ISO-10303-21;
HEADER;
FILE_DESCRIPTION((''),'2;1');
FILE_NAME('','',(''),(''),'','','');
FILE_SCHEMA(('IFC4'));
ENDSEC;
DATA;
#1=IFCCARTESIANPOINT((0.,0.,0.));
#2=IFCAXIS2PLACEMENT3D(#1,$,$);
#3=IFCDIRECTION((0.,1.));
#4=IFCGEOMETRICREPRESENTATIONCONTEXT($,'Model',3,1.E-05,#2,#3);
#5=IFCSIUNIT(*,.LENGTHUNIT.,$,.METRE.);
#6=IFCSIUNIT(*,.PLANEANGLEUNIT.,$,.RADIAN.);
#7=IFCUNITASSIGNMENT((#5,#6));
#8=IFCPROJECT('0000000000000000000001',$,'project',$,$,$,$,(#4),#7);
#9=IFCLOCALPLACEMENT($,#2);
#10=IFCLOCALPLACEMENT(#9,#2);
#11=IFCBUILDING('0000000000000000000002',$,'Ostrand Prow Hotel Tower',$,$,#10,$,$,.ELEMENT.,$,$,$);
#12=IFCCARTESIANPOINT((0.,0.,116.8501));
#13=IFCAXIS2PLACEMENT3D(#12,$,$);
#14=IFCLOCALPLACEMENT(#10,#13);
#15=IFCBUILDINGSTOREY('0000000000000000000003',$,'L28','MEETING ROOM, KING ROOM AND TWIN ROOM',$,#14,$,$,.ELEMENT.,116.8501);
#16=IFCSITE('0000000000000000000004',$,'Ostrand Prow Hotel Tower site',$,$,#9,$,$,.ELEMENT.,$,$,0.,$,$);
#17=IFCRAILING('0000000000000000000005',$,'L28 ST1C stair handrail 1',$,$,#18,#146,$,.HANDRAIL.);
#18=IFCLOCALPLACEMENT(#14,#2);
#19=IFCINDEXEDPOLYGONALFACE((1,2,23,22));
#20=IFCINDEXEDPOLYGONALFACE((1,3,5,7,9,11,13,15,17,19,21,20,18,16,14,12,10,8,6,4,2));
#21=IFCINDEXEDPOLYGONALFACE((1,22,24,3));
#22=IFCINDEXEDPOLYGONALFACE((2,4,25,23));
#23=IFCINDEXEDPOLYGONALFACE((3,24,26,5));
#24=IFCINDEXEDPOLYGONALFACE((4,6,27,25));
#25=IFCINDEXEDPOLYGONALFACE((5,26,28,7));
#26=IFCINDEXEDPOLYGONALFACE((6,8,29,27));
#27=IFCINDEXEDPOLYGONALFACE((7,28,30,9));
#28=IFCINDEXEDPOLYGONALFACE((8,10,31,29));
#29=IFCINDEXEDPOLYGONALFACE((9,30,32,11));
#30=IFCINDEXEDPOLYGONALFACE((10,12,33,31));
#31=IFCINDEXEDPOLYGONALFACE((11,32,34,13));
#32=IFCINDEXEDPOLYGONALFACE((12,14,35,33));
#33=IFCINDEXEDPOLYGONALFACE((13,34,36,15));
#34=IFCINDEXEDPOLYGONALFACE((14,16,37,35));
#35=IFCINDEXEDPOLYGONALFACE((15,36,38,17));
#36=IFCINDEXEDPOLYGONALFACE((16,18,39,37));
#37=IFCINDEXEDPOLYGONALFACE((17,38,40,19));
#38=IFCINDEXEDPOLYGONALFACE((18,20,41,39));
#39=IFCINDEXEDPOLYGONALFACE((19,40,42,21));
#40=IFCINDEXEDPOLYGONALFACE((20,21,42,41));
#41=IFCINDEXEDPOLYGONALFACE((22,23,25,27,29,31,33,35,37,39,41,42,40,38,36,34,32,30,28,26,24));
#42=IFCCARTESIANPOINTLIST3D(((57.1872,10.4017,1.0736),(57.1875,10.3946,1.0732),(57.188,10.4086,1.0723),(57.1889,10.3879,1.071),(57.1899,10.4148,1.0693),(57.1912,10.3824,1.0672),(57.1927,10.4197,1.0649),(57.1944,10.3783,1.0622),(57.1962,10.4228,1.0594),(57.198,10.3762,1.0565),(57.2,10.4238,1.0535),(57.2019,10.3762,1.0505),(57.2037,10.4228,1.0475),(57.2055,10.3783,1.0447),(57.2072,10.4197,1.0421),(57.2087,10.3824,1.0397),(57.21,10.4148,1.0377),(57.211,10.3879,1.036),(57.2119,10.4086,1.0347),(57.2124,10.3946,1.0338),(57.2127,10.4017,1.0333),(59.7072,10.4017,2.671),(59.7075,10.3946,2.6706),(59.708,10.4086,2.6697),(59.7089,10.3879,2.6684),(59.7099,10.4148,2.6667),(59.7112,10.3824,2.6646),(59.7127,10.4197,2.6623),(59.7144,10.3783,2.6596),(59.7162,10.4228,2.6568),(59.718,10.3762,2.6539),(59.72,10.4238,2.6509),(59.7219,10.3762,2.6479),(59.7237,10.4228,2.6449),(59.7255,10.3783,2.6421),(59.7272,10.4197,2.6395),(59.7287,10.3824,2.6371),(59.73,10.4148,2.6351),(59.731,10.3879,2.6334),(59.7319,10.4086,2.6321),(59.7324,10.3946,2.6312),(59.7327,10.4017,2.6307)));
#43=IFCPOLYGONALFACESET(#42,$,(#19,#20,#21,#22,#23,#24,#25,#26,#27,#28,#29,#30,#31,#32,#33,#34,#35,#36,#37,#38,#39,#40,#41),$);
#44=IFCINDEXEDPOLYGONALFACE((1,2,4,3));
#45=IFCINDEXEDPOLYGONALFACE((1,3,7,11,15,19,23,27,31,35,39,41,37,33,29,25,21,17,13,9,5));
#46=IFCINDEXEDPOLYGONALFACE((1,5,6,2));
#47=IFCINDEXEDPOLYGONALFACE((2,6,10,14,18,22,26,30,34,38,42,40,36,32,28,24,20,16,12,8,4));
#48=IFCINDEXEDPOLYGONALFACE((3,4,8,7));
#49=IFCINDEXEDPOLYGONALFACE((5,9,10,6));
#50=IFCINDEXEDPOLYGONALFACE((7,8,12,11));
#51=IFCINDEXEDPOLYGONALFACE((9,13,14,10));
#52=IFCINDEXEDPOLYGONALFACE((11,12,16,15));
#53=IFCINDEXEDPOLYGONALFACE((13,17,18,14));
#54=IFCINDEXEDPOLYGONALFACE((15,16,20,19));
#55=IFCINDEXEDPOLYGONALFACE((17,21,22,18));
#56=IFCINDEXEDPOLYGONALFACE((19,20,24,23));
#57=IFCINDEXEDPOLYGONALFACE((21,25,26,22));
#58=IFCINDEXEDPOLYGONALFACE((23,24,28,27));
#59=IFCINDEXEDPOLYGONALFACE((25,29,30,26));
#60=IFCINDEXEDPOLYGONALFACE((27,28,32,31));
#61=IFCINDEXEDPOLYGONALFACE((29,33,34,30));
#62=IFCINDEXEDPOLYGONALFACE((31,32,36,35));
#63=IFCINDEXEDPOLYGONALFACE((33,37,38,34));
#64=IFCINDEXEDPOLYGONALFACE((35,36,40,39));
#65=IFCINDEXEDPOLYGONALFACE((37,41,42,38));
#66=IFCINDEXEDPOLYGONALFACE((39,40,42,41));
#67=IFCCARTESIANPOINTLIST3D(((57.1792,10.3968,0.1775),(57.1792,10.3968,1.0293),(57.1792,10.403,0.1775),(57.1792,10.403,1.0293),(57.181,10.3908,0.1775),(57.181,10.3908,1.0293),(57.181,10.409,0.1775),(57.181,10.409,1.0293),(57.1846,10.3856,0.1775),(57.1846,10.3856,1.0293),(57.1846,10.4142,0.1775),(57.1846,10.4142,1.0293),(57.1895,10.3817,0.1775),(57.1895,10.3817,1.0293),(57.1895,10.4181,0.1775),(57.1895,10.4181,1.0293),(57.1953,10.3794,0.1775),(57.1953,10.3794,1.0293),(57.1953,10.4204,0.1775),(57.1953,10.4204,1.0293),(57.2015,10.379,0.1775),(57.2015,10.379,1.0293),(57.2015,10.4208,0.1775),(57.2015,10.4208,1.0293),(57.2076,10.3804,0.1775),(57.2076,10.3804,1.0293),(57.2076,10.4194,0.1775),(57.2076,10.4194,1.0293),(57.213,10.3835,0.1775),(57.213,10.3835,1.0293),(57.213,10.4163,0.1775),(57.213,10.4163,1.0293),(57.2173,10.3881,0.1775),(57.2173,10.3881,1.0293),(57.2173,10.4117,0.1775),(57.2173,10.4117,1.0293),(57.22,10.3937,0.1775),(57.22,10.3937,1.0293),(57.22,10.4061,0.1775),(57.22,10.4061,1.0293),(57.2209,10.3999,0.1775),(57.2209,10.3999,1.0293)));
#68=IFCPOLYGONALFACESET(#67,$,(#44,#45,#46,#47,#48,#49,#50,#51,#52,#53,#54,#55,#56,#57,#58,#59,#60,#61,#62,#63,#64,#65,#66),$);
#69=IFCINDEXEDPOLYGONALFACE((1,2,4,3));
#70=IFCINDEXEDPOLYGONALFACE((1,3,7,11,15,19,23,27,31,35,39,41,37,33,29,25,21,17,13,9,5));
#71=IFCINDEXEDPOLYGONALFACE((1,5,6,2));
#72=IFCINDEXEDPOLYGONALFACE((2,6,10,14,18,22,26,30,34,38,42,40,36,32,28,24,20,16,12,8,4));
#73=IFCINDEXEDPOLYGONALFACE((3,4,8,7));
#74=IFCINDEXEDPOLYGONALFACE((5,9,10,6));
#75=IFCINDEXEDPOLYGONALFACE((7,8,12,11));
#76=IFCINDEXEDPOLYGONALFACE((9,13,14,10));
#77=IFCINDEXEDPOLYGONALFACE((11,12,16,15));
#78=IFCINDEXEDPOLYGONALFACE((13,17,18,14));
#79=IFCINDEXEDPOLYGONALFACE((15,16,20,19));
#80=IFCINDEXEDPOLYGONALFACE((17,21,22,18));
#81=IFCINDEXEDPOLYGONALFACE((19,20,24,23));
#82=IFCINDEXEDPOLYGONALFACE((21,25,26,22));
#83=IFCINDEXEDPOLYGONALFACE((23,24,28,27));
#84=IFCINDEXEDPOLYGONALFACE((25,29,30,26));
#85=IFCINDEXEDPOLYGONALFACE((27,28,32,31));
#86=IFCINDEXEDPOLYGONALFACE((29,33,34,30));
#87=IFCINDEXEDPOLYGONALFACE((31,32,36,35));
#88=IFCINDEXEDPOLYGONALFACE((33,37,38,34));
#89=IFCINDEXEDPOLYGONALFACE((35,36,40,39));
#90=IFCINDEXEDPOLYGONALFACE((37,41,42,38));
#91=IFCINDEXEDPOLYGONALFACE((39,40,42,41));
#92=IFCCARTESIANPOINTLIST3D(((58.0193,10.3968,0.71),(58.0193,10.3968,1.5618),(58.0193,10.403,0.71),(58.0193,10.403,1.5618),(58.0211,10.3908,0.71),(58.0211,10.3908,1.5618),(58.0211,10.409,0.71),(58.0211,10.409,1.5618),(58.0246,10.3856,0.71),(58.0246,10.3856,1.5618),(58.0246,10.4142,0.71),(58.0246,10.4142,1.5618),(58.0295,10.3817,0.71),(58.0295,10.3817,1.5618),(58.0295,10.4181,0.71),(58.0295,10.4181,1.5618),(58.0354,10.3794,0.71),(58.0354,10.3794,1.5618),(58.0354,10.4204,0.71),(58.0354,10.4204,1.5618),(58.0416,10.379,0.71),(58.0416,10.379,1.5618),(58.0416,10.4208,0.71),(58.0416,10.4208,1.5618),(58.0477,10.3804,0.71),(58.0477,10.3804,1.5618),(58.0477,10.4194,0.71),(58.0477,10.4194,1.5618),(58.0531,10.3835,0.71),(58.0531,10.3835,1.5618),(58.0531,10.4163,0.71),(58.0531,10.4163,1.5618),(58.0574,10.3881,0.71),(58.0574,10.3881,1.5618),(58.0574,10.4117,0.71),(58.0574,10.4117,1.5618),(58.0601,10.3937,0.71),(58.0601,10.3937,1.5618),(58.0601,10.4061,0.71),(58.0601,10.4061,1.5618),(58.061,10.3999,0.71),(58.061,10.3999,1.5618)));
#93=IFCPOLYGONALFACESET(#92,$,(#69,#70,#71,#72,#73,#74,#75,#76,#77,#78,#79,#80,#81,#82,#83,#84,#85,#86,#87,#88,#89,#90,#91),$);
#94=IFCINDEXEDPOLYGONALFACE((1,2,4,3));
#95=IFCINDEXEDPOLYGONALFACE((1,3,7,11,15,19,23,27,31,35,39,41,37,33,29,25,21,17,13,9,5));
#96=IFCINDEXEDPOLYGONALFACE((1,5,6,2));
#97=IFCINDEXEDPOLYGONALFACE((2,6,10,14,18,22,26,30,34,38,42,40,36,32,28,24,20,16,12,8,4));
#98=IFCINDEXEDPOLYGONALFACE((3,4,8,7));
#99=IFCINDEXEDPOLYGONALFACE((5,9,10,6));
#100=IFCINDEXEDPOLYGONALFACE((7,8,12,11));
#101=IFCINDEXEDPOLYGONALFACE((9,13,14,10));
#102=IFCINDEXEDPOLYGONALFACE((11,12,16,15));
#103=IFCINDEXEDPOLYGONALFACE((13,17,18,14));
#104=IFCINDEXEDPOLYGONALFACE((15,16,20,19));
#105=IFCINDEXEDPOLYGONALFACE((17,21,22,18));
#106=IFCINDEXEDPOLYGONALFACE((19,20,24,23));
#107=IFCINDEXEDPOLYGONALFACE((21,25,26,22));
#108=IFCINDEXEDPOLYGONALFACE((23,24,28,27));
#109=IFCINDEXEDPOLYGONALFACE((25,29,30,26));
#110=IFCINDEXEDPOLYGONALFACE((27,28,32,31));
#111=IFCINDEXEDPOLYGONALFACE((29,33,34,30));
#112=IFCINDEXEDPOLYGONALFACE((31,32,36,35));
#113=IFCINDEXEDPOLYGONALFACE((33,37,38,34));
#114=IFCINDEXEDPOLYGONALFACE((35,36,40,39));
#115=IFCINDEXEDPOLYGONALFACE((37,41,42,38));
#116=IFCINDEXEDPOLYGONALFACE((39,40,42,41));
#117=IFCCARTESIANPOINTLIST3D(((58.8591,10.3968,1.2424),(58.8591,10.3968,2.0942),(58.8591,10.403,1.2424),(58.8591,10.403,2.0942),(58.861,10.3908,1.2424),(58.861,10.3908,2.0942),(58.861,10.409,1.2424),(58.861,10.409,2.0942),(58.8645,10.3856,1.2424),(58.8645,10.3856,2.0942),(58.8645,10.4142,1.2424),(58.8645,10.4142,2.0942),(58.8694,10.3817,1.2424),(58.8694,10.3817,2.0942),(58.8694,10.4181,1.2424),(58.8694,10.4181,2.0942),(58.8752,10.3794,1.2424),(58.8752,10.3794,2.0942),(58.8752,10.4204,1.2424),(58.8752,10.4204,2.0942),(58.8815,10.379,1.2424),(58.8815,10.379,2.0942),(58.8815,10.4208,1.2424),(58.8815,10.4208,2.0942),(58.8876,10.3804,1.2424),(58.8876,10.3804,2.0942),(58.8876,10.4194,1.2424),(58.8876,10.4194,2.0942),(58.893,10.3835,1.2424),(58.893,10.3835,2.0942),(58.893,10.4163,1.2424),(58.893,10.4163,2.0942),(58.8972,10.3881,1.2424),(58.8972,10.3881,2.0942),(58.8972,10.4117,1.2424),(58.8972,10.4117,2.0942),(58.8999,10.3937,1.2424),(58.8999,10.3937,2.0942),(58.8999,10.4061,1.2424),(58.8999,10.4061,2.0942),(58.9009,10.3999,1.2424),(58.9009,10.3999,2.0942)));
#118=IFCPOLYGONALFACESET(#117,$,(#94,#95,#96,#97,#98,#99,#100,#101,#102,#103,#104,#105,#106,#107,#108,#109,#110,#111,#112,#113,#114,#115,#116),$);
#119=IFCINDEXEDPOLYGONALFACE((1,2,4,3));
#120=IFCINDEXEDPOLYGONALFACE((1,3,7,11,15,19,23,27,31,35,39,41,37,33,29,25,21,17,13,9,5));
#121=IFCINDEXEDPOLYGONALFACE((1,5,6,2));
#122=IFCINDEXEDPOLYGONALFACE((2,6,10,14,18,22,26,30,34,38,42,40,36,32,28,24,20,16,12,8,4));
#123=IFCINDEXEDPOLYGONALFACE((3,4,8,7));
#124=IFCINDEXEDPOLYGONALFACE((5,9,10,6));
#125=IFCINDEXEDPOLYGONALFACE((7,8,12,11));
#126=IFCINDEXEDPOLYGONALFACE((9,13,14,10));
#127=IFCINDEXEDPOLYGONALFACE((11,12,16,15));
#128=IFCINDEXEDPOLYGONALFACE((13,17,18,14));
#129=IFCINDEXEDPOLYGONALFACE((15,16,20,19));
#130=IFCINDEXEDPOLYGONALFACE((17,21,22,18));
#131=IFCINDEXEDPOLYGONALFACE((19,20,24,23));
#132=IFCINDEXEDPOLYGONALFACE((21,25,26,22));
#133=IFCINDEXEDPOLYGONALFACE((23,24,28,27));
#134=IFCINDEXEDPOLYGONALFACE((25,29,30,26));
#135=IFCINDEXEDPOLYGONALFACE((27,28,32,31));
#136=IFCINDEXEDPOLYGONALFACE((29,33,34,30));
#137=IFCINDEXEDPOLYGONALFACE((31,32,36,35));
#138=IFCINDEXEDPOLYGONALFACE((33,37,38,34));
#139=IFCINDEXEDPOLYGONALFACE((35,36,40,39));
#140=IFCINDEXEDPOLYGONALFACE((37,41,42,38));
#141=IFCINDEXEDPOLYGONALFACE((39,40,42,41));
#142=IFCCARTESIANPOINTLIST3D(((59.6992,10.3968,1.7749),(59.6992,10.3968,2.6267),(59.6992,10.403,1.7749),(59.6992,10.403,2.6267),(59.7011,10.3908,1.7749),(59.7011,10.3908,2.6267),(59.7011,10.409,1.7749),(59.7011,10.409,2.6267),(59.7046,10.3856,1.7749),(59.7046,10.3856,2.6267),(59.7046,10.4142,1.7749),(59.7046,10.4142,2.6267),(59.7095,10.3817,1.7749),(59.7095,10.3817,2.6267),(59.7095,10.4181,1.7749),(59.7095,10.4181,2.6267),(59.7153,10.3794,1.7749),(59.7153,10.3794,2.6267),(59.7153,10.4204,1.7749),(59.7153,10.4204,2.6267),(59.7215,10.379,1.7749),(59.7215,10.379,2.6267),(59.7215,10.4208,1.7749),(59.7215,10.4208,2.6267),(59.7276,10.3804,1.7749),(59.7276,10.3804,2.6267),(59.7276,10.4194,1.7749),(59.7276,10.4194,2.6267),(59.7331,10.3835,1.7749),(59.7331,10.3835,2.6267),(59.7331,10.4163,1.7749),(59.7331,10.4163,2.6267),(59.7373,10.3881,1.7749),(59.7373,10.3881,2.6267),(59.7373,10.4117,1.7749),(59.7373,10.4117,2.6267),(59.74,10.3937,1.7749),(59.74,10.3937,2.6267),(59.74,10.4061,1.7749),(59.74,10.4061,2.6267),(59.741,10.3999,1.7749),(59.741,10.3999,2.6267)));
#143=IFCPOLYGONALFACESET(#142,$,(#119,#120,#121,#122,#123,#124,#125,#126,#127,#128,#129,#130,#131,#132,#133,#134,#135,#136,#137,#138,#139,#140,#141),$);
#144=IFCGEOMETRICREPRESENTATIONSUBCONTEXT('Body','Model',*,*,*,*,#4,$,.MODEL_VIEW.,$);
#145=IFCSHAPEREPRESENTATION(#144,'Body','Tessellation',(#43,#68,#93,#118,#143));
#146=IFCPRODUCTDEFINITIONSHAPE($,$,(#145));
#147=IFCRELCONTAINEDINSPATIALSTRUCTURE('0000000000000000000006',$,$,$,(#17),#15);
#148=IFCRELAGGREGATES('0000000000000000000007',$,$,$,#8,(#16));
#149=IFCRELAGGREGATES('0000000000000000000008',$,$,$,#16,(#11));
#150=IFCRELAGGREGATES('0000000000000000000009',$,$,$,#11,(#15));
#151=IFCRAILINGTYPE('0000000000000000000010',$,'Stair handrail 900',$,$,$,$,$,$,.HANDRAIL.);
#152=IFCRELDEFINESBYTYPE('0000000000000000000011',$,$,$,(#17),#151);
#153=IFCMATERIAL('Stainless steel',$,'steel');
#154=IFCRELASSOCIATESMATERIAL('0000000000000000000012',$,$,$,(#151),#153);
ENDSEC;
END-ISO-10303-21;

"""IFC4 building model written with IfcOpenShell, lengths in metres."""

from ifc_helpers import new_model, si_unit, direction, frame, origin, origin_2d, place, context, subcontext, project, spatial, circle, extrude, material, type_object, element, save


model = new_model("IFC4")

# Units and contexts
model_context = context("Model", 3, precision=1e-05, world=origin(), true_north=direction((0.0, 1.0)))
body_context = subcontext(model_context, "Body", "Model", "MODEL_VIEW")
ifc_project = project(units=[si_unit("LENGTHUNIT", "METRE"), si_unit("PLANEANGLEUNIT", "RADIAN")], contexts=[model_context])

# Site, building, storey
site_placement = place(None, origin())
site = spatial("IfcSite", under=ifc_project, at=site_placement, Name="Ostrand Prow Hotel Tower site", CompositionType="ELEMENT", RefElevation=0.0)
building_placement = place(site_placement, origin())
building = spatial("IfcBuilding", under=site, at=building_placement, Name="Ostrand Prow Hotel Tower", CompositionType="ELEMENT")
storey_placement = place(building_placement, frame((0.0, 0.0, 116.8501)))
storey = spatial("IfcBuildingStorey", under=building, at=storey_placement, Name="L28", Description="MEETING ROOM, KING ROOM AND TWIN ROOM", CompositionType="ELEMENT", Elevation=116.8501)

# Railing
ifc_material_1 = material(Name="Stainless steel", Category="steel")
railing_type_1 = type_object("IfcRailingType", Name="Stair handrail 900", PredefinedType="HANDRAIL", material=ifc_material_1)
railing_1_placement = place(storey_placement, frame((57.2, 10.3999, 0.1775)))
element("IfcRailing", 1, at=railing_1_placement, inside=storey, type_object=railing_type_1, Name="L28 ST1C stair handrail 1", PredefinedType="HANDRAIL", context=body_context, shape_type="SweptSolid", body=[
    extrude(circle(Radius=0.0239, at=origin_2d()), frame((0.0, 0.0, 0.876), z_axis=(0.844607, 0.0, 0.535387), x_axis=(0.0, 1.0, 0.0)), (0.0, 0.0, 1.0), 2.9836),
    extrude(circle(Radius=0.021, at=origin_2d()), origin(), (0.0, 0.0, 1.0), 0.8518),
    extrude(circle(Radius=0.021, at=origin_2d()), frame((0.8401, 0.0, 0.5325)), (0.0, 0.0, 1.0), 0.8518),
    extrude(circle(Radius=0.021, at=origin_2d()), frame((1.6799, 0.0, 1.0649)), (0.0, 0.0, 1.0), 0.8518),
    extrude(circle(Radius=0.021, at=origin_2d()), frame((2.52, 0.0, 1.5974)), (0.0, 0.0, 1.0), 0.8518),
])

save(model, "model.ifc")
